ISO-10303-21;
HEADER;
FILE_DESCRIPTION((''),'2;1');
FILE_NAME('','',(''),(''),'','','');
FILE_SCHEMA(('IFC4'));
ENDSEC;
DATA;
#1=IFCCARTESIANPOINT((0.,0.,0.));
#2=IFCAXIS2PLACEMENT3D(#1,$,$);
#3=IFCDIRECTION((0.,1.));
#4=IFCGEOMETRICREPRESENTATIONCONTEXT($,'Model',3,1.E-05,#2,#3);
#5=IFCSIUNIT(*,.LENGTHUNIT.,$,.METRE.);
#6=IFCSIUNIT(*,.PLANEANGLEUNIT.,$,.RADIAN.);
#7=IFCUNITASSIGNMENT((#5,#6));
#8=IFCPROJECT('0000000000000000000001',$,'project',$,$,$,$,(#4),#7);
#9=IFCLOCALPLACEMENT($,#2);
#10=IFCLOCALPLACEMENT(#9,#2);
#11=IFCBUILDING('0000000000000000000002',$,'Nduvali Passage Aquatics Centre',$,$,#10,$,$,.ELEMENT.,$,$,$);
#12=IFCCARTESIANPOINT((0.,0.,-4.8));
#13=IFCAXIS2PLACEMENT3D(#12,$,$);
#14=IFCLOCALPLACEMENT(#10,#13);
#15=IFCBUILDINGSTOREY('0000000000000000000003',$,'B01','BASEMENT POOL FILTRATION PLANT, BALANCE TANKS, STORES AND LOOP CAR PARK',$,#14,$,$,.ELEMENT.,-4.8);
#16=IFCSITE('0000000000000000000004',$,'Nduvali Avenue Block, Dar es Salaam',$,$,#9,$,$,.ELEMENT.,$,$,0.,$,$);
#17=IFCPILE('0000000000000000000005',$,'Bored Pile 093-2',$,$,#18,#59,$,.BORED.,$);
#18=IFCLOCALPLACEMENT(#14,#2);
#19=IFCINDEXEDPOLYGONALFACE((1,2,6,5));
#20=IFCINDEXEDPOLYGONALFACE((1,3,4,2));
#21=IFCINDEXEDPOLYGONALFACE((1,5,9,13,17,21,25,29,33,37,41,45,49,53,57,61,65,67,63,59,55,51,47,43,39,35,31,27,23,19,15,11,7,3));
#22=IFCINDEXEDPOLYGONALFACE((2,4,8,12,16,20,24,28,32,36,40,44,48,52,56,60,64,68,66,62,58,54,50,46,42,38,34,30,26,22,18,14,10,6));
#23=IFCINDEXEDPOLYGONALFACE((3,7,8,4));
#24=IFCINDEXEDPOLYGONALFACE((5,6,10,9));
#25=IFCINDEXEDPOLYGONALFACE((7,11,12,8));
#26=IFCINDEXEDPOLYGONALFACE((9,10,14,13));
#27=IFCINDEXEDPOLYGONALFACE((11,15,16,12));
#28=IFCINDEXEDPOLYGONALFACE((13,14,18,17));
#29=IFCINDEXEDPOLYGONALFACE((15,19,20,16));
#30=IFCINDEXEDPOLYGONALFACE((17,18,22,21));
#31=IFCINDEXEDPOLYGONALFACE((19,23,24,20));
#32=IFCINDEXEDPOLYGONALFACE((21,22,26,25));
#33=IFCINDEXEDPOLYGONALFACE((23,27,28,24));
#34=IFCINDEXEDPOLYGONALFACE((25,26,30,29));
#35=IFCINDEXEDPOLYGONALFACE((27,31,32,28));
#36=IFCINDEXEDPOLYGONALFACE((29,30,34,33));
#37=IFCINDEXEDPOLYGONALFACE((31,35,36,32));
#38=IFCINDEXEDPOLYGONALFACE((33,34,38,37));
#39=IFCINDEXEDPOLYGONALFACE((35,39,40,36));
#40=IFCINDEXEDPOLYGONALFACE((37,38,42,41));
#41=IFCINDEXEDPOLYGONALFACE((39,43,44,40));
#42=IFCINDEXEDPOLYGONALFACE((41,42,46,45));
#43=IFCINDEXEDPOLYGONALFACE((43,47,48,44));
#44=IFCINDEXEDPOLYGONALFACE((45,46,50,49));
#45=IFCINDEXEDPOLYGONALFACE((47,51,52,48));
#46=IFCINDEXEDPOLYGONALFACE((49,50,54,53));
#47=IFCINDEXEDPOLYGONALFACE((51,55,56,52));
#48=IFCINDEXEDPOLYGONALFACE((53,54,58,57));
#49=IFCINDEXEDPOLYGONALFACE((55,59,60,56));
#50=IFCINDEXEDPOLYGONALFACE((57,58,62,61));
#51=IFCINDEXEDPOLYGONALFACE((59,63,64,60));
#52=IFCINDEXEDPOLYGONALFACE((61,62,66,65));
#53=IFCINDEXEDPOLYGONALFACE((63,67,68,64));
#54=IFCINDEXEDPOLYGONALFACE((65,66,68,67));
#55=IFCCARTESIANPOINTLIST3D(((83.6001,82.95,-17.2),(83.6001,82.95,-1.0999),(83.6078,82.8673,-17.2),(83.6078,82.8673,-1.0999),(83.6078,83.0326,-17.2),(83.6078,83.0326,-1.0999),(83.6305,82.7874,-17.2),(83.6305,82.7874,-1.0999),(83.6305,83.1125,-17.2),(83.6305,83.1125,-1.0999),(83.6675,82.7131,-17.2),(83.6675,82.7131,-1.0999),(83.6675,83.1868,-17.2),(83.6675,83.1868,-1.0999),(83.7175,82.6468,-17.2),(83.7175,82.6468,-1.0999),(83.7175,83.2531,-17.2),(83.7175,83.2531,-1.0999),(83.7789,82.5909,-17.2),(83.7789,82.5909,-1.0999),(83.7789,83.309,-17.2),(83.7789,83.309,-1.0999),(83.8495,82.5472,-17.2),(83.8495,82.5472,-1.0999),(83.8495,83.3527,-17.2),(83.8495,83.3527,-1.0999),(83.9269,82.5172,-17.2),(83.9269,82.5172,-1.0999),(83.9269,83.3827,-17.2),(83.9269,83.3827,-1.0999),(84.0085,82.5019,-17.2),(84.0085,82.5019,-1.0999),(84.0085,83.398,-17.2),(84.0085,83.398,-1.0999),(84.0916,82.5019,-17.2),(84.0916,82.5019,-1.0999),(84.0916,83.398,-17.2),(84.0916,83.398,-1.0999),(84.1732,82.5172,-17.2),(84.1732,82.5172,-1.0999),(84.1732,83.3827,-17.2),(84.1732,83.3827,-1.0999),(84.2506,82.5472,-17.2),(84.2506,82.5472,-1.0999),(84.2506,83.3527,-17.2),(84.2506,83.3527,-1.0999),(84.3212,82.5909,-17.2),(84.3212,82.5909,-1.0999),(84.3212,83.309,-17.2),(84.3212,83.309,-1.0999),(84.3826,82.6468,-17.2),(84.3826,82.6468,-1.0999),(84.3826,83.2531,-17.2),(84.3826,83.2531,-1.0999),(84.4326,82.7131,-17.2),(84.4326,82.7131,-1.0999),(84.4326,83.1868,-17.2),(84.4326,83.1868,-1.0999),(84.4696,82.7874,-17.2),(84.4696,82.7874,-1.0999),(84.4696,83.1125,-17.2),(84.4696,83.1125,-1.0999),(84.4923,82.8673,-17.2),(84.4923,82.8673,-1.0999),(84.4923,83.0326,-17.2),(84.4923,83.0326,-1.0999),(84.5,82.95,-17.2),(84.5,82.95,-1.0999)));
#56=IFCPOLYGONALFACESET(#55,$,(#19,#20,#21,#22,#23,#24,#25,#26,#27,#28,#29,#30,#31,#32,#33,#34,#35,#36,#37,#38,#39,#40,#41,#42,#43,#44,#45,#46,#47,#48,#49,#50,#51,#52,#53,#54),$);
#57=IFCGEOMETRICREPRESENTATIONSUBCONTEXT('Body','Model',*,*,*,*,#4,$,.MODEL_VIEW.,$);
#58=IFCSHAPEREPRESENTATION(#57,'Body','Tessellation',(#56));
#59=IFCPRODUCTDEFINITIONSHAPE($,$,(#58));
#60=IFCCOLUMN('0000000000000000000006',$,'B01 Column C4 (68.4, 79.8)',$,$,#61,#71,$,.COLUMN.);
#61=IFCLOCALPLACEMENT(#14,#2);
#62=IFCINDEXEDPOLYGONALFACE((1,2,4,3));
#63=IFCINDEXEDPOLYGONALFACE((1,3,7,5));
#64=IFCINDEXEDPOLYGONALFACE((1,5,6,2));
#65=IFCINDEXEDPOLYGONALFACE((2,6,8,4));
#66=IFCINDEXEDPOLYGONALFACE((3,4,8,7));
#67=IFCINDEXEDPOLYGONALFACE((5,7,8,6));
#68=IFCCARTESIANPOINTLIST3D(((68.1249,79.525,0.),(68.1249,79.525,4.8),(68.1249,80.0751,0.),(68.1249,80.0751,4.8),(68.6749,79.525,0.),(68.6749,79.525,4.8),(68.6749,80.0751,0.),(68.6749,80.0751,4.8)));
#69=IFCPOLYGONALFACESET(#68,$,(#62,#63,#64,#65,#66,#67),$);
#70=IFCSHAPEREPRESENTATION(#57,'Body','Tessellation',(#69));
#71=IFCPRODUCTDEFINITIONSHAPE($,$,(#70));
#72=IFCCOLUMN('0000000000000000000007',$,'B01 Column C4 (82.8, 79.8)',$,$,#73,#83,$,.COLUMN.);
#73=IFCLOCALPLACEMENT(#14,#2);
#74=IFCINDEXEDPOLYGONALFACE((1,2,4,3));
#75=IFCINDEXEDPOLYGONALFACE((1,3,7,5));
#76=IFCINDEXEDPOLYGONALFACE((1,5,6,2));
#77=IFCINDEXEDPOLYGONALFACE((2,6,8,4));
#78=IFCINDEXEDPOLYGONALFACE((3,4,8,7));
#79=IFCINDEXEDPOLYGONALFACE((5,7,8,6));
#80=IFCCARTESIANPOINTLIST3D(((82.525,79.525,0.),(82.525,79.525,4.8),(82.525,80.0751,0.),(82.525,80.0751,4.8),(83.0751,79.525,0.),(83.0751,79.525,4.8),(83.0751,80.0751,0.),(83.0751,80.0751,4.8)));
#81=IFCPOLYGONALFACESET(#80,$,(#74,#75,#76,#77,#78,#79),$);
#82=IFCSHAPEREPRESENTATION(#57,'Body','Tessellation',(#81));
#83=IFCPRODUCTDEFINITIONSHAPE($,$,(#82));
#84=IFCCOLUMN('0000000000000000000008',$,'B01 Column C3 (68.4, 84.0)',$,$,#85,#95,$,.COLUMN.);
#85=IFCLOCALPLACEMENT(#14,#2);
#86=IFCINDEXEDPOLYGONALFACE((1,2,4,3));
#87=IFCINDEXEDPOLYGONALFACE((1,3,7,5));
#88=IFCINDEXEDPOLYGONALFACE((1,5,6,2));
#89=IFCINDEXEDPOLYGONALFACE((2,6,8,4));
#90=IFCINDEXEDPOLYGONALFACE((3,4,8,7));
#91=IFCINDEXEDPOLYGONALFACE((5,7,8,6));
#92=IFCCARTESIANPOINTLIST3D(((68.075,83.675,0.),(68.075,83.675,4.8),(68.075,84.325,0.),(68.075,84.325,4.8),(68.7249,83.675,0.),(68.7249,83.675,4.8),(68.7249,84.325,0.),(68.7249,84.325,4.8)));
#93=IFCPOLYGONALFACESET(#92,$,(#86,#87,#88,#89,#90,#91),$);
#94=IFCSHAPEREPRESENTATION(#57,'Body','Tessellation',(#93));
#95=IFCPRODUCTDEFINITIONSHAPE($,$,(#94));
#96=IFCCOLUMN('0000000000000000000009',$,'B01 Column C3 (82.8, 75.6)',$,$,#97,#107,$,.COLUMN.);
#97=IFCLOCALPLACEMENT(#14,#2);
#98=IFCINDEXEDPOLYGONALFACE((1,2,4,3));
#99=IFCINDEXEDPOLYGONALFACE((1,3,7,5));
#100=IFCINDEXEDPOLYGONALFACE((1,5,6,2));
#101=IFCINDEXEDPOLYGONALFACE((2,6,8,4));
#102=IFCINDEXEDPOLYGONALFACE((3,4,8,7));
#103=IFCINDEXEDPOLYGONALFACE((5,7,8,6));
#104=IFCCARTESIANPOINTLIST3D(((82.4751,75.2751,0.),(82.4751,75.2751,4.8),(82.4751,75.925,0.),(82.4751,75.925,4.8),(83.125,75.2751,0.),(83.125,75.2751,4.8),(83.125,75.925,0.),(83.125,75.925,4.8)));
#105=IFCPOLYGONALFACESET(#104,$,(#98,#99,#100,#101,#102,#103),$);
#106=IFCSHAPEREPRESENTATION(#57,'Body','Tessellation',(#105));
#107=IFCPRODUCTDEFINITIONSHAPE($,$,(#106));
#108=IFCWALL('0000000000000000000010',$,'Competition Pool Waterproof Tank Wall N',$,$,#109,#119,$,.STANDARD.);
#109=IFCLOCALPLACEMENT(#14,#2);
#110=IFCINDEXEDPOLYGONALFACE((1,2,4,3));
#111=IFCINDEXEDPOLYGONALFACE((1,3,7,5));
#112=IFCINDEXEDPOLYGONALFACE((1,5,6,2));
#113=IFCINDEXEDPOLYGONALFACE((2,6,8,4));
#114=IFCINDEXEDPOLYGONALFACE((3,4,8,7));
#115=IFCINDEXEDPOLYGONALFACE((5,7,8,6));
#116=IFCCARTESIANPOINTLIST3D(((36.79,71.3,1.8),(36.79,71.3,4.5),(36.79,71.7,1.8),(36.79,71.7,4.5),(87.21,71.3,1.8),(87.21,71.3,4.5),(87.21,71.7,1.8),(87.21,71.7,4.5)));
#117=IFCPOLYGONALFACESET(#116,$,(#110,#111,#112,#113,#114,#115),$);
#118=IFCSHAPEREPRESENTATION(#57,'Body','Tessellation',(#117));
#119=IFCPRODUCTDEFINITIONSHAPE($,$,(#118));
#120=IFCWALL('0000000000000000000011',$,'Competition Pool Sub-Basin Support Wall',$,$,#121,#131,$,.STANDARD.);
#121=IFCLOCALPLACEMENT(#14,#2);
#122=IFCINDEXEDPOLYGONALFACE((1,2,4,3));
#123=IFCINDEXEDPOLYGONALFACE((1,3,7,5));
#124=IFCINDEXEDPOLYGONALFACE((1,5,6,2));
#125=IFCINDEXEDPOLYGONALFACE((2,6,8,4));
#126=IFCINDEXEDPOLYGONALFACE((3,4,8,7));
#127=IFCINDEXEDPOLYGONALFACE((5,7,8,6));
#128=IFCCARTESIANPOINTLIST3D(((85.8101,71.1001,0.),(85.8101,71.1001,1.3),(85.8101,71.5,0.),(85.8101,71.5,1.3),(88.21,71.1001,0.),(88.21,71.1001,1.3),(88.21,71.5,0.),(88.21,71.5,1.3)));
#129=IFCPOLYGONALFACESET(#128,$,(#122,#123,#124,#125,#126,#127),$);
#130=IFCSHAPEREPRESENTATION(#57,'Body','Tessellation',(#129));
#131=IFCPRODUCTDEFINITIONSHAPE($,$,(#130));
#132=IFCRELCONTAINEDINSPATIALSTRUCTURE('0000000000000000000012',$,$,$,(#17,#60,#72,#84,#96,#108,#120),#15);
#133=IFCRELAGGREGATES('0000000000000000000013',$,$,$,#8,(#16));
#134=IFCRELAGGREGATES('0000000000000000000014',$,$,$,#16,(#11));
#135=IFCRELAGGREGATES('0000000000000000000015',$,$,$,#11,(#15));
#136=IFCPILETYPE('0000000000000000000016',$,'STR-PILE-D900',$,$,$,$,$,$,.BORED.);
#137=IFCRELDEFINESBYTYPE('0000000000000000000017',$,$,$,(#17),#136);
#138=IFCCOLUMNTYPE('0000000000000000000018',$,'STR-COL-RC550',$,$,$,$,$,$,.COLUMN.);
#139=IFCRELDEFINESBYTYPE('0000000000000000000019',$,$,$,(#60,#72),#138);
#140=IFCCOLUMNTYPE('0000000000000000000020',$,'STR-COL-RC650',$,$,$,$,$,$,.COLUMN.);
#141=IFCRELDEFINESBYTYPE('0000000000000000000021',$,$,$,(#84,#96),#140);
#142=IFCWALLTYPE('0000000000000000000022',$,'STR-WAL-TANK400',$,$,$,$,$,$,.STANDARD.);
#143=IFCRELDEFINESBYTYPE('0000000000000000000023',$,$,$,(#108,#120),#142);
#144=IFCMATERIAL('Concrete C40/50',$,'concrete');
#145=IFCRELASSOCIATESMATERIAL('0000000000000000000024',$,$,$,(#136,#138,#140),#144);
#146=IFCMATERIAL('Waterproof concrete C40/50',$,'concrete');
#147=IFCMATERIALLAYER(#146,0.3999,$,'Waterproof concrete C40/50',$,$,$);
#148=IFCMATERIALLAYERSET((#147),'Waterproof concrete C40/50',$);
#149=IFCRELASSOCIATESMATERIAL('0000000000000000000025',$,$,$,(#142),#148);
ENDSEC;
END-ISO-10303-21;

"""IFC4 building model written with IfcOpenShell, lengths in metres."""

from ifc_helpers import new_model, si_unit, direction, frame, frame_2d, origin, origin_2d, place, context, subcontext, project, spatial, rectangle, circle, extrude, material, layer, layer_set, material_profile, profile_set, type_object, element, save


model = new_model("IFC4")

# Units and contexts
model_context = context("Model", 3, precision=1e-05, world=origin(), true_north=direction((0.0, 1.0)))
body_context = subcontext(model_context, "Body", "Model", "MODEL_VIEW")
ifc_project = project(units=[si_unit("LENGTHUNIT", "METRE"), si_unit("PLANEANGLEUNIT", "RADIAN")], contexts=[model_context])

# Site, building, storey
site_placement = place(None, origin())
site = spatial("IfcSite", under=ifc_project, at=site_placement, Name="Nduvali Avenue Block, Dar es Salaam", CompositionType="ELEMENT", RefElevation=0.0)
building_placement = place(site_placement, origin())
building = spatial("IfcBuilding", under=site, at=building_placement, Name="Nduvali Passage Aquatics Centre", CompositionType="ELEMENT")
storey_placement = place(building_placement, frame((0.0, 0.0, -4.8)))
storey = spatial("IfcBuildingStorey", under=building, at=storey_placement, Name="B01", Description="BASEMENT POOL FILTRATION PLANT, BALANCE TANKS, STORES AND LOOP CAR PARK", CompositionType="ELEMENT", Elevation=-4.8)

# Shared definitions
ifc_material_1 = material(Name="Concrete C40/50", Category="concrete")

# Pile
ifc_material_profile_1 = material_profile(ifc_material_1, circle(Radius=0.45, at=origin_2d()), Name="PILE D900")
ifc_profile_set_1 = profile_set([ifc_material_profile_1], Name="Concrete C40/50")
pile_type = type_object("IfcPileType", Name="STR-PILE-D900", PredefinedType="BORED", material=ifc_profile_set_1)
for number, where, z_axis, x_axis, name in (
    (1, (84.05, 82.95, -1.0999), (0.0, 0.0, -1.0), (1.0, 0.0, 0.0), "Bored Pile 093-2"),
):
    element("IfcPile", number, at=place(storey_placement, frame(where, z_axis=z_axis, x_axis=x_axis)), inside=storey, type_object=pile_type, Name=name, PredefinedType="BORED", context=body_context, shape_type="SweptSolid", body=[
        extrude(circle(Radius=0.45, at=origin_2d()), origin(), (0.0, 0.0, 1.0), 16.1001),
    ])

# Columns
ifc_material_profile_2 = material_profile(ifc_material_1, rectangle(XDim=0.55, YDim=0.55, at=origin_2d()), Name="RC 550x550")
ifc_profile_set_2 = profile_set([ifc_material_profile_2], Name="Concrete C40/50")
column_type_1 = type_object("IfcColumnType", Name="STR-COL-RC550", PredefinedType="COLUMN", material=ifc_profile_set_2)
for number, where, z_axis, x_axis, name in (
    (2, (68.3999, 79.8, 0.0), (0.0, 0.0, 1.0), (1.0, 0.0, 0.0), "B01 Column C4 (68.4, 79.8)"),
    (3, (82.8, 79.8, 0.0), (0.0, 0.0, 1.0), (1.0, 0.0, 0.0), "B01 Column C4 (82.8, 79.8)"),
):
    element("IfcColumn", number, at=place(storey_placement, frame(where, z_axis=z_axis, x_axis=x_axis)), inside=storey, type_object=column_type_1, Name=name, PredefinedType="COLUMN", context=body_context, shape_type="SweptSolid", body=[
        extrude(rectangle(XDim=0.55, YDim=0.55, at=origin_2d()), origin(), (0.0, 0.0, 1.0), 4.8),
    ])
ifc_material_profile_3 = material_profile(ifc_material_1, rectangle(XDim=0.6499, YDim=0.6499, at=origin_2d()), Name="RC 650x650")
ifc_profile_set_3 = profile_set([ifc_material_profile_3], Name="Concrete C40/50")
column_type_2 = type_object("IfcColumnType", Name="STR-COL-RC650", PredefinedType="COLUMN", material=ifc_profile_set_3)
for number, where, z_axis, x_axis, name in (
    (4, (68.3999, 84.0, 0.0), (0.0, 0.0, 1.0), (1.0, 0.0, 0.0), "B01 Column C3 (68.4, 84.0)"),
    (5, (82.8, 75.6001, 0.0), (0.0, 0.0, 1.0), (1.0, 0.0, 0.0), "B01 Column C3 (82.8, 75.6)"),
):
    element("IfcColumn", number, at=place(storey_placement, frame(where, z_axis=z_axis, x_axis=x_axis)), inside=storey, type_object=column_type_2, Name=name, PredefinedType="COLUMN", context=body_context, shape_type="SweptSolid", body=[
        extrude(rectangle(XDim=0.6499, YDim=0.6499, at=origin_2d()), origin(), (0.0, 0.0, 1.0), 4.8),
    ])

# Walls
ifc_material_2 = material(Name="Waterproof concrete C40/50", Category="concrete")
ifc_layer = layer(ifc_material_2, 0.3999, Name="Waterproof concrete C40/50")
ifc_layer_set = layer_set([ifc_layer], Name="Waterproof concrete C40/50")
wall_type = type_object("IfcWallType", Name="STR-WAL-TANK400", PredefinedType="STANDARD", material=ifc_layer_set)
wall_1_placement = place(storey_placement, frame((87.21, 71.5, 1.8), z_axis=(0.0, 0.0, 1.0), x_axis=(-1.0, 0.0, 0.0)))
element("IfcWall", 6, at=wall_1_placement, inside=storey, type_object=wall_type, Name="Competition Pool Waterproof Tank Wall N", PredefinedType="STANDARD", context=body_context, shape_type="SweptSolid", body=[
    extrude(rectangle(XDim=50.4199, YDim=0.3999, at=frame_2d((25.21, 0.0))), origin(), (0.0, 0.0, 1.0), 2.7),
])
wall_2_placement = place(storey_placement, frame((85.8101, 71.3, 0.0), z_axis=(0.0, 0.0, 1.0), x_axis=(1.0, 0.0, 0.0)))
element("IfcWall", 7, at=wall_2_placement, inside=storey, type_object=wall_type, Name="Competition Pool Sub-Basin Support Wall", PredefinedType="STANDARD", context=body_context, shape_type="SweptSolid", body=[
    extrude(rectangle(XDim=2.3999, YDim=0.3999, at=frame_2d((1.2, 0.0))), origin(), (0.0, 0.0, 1.0), 1.3),
])

save(model, "model.ifc")
